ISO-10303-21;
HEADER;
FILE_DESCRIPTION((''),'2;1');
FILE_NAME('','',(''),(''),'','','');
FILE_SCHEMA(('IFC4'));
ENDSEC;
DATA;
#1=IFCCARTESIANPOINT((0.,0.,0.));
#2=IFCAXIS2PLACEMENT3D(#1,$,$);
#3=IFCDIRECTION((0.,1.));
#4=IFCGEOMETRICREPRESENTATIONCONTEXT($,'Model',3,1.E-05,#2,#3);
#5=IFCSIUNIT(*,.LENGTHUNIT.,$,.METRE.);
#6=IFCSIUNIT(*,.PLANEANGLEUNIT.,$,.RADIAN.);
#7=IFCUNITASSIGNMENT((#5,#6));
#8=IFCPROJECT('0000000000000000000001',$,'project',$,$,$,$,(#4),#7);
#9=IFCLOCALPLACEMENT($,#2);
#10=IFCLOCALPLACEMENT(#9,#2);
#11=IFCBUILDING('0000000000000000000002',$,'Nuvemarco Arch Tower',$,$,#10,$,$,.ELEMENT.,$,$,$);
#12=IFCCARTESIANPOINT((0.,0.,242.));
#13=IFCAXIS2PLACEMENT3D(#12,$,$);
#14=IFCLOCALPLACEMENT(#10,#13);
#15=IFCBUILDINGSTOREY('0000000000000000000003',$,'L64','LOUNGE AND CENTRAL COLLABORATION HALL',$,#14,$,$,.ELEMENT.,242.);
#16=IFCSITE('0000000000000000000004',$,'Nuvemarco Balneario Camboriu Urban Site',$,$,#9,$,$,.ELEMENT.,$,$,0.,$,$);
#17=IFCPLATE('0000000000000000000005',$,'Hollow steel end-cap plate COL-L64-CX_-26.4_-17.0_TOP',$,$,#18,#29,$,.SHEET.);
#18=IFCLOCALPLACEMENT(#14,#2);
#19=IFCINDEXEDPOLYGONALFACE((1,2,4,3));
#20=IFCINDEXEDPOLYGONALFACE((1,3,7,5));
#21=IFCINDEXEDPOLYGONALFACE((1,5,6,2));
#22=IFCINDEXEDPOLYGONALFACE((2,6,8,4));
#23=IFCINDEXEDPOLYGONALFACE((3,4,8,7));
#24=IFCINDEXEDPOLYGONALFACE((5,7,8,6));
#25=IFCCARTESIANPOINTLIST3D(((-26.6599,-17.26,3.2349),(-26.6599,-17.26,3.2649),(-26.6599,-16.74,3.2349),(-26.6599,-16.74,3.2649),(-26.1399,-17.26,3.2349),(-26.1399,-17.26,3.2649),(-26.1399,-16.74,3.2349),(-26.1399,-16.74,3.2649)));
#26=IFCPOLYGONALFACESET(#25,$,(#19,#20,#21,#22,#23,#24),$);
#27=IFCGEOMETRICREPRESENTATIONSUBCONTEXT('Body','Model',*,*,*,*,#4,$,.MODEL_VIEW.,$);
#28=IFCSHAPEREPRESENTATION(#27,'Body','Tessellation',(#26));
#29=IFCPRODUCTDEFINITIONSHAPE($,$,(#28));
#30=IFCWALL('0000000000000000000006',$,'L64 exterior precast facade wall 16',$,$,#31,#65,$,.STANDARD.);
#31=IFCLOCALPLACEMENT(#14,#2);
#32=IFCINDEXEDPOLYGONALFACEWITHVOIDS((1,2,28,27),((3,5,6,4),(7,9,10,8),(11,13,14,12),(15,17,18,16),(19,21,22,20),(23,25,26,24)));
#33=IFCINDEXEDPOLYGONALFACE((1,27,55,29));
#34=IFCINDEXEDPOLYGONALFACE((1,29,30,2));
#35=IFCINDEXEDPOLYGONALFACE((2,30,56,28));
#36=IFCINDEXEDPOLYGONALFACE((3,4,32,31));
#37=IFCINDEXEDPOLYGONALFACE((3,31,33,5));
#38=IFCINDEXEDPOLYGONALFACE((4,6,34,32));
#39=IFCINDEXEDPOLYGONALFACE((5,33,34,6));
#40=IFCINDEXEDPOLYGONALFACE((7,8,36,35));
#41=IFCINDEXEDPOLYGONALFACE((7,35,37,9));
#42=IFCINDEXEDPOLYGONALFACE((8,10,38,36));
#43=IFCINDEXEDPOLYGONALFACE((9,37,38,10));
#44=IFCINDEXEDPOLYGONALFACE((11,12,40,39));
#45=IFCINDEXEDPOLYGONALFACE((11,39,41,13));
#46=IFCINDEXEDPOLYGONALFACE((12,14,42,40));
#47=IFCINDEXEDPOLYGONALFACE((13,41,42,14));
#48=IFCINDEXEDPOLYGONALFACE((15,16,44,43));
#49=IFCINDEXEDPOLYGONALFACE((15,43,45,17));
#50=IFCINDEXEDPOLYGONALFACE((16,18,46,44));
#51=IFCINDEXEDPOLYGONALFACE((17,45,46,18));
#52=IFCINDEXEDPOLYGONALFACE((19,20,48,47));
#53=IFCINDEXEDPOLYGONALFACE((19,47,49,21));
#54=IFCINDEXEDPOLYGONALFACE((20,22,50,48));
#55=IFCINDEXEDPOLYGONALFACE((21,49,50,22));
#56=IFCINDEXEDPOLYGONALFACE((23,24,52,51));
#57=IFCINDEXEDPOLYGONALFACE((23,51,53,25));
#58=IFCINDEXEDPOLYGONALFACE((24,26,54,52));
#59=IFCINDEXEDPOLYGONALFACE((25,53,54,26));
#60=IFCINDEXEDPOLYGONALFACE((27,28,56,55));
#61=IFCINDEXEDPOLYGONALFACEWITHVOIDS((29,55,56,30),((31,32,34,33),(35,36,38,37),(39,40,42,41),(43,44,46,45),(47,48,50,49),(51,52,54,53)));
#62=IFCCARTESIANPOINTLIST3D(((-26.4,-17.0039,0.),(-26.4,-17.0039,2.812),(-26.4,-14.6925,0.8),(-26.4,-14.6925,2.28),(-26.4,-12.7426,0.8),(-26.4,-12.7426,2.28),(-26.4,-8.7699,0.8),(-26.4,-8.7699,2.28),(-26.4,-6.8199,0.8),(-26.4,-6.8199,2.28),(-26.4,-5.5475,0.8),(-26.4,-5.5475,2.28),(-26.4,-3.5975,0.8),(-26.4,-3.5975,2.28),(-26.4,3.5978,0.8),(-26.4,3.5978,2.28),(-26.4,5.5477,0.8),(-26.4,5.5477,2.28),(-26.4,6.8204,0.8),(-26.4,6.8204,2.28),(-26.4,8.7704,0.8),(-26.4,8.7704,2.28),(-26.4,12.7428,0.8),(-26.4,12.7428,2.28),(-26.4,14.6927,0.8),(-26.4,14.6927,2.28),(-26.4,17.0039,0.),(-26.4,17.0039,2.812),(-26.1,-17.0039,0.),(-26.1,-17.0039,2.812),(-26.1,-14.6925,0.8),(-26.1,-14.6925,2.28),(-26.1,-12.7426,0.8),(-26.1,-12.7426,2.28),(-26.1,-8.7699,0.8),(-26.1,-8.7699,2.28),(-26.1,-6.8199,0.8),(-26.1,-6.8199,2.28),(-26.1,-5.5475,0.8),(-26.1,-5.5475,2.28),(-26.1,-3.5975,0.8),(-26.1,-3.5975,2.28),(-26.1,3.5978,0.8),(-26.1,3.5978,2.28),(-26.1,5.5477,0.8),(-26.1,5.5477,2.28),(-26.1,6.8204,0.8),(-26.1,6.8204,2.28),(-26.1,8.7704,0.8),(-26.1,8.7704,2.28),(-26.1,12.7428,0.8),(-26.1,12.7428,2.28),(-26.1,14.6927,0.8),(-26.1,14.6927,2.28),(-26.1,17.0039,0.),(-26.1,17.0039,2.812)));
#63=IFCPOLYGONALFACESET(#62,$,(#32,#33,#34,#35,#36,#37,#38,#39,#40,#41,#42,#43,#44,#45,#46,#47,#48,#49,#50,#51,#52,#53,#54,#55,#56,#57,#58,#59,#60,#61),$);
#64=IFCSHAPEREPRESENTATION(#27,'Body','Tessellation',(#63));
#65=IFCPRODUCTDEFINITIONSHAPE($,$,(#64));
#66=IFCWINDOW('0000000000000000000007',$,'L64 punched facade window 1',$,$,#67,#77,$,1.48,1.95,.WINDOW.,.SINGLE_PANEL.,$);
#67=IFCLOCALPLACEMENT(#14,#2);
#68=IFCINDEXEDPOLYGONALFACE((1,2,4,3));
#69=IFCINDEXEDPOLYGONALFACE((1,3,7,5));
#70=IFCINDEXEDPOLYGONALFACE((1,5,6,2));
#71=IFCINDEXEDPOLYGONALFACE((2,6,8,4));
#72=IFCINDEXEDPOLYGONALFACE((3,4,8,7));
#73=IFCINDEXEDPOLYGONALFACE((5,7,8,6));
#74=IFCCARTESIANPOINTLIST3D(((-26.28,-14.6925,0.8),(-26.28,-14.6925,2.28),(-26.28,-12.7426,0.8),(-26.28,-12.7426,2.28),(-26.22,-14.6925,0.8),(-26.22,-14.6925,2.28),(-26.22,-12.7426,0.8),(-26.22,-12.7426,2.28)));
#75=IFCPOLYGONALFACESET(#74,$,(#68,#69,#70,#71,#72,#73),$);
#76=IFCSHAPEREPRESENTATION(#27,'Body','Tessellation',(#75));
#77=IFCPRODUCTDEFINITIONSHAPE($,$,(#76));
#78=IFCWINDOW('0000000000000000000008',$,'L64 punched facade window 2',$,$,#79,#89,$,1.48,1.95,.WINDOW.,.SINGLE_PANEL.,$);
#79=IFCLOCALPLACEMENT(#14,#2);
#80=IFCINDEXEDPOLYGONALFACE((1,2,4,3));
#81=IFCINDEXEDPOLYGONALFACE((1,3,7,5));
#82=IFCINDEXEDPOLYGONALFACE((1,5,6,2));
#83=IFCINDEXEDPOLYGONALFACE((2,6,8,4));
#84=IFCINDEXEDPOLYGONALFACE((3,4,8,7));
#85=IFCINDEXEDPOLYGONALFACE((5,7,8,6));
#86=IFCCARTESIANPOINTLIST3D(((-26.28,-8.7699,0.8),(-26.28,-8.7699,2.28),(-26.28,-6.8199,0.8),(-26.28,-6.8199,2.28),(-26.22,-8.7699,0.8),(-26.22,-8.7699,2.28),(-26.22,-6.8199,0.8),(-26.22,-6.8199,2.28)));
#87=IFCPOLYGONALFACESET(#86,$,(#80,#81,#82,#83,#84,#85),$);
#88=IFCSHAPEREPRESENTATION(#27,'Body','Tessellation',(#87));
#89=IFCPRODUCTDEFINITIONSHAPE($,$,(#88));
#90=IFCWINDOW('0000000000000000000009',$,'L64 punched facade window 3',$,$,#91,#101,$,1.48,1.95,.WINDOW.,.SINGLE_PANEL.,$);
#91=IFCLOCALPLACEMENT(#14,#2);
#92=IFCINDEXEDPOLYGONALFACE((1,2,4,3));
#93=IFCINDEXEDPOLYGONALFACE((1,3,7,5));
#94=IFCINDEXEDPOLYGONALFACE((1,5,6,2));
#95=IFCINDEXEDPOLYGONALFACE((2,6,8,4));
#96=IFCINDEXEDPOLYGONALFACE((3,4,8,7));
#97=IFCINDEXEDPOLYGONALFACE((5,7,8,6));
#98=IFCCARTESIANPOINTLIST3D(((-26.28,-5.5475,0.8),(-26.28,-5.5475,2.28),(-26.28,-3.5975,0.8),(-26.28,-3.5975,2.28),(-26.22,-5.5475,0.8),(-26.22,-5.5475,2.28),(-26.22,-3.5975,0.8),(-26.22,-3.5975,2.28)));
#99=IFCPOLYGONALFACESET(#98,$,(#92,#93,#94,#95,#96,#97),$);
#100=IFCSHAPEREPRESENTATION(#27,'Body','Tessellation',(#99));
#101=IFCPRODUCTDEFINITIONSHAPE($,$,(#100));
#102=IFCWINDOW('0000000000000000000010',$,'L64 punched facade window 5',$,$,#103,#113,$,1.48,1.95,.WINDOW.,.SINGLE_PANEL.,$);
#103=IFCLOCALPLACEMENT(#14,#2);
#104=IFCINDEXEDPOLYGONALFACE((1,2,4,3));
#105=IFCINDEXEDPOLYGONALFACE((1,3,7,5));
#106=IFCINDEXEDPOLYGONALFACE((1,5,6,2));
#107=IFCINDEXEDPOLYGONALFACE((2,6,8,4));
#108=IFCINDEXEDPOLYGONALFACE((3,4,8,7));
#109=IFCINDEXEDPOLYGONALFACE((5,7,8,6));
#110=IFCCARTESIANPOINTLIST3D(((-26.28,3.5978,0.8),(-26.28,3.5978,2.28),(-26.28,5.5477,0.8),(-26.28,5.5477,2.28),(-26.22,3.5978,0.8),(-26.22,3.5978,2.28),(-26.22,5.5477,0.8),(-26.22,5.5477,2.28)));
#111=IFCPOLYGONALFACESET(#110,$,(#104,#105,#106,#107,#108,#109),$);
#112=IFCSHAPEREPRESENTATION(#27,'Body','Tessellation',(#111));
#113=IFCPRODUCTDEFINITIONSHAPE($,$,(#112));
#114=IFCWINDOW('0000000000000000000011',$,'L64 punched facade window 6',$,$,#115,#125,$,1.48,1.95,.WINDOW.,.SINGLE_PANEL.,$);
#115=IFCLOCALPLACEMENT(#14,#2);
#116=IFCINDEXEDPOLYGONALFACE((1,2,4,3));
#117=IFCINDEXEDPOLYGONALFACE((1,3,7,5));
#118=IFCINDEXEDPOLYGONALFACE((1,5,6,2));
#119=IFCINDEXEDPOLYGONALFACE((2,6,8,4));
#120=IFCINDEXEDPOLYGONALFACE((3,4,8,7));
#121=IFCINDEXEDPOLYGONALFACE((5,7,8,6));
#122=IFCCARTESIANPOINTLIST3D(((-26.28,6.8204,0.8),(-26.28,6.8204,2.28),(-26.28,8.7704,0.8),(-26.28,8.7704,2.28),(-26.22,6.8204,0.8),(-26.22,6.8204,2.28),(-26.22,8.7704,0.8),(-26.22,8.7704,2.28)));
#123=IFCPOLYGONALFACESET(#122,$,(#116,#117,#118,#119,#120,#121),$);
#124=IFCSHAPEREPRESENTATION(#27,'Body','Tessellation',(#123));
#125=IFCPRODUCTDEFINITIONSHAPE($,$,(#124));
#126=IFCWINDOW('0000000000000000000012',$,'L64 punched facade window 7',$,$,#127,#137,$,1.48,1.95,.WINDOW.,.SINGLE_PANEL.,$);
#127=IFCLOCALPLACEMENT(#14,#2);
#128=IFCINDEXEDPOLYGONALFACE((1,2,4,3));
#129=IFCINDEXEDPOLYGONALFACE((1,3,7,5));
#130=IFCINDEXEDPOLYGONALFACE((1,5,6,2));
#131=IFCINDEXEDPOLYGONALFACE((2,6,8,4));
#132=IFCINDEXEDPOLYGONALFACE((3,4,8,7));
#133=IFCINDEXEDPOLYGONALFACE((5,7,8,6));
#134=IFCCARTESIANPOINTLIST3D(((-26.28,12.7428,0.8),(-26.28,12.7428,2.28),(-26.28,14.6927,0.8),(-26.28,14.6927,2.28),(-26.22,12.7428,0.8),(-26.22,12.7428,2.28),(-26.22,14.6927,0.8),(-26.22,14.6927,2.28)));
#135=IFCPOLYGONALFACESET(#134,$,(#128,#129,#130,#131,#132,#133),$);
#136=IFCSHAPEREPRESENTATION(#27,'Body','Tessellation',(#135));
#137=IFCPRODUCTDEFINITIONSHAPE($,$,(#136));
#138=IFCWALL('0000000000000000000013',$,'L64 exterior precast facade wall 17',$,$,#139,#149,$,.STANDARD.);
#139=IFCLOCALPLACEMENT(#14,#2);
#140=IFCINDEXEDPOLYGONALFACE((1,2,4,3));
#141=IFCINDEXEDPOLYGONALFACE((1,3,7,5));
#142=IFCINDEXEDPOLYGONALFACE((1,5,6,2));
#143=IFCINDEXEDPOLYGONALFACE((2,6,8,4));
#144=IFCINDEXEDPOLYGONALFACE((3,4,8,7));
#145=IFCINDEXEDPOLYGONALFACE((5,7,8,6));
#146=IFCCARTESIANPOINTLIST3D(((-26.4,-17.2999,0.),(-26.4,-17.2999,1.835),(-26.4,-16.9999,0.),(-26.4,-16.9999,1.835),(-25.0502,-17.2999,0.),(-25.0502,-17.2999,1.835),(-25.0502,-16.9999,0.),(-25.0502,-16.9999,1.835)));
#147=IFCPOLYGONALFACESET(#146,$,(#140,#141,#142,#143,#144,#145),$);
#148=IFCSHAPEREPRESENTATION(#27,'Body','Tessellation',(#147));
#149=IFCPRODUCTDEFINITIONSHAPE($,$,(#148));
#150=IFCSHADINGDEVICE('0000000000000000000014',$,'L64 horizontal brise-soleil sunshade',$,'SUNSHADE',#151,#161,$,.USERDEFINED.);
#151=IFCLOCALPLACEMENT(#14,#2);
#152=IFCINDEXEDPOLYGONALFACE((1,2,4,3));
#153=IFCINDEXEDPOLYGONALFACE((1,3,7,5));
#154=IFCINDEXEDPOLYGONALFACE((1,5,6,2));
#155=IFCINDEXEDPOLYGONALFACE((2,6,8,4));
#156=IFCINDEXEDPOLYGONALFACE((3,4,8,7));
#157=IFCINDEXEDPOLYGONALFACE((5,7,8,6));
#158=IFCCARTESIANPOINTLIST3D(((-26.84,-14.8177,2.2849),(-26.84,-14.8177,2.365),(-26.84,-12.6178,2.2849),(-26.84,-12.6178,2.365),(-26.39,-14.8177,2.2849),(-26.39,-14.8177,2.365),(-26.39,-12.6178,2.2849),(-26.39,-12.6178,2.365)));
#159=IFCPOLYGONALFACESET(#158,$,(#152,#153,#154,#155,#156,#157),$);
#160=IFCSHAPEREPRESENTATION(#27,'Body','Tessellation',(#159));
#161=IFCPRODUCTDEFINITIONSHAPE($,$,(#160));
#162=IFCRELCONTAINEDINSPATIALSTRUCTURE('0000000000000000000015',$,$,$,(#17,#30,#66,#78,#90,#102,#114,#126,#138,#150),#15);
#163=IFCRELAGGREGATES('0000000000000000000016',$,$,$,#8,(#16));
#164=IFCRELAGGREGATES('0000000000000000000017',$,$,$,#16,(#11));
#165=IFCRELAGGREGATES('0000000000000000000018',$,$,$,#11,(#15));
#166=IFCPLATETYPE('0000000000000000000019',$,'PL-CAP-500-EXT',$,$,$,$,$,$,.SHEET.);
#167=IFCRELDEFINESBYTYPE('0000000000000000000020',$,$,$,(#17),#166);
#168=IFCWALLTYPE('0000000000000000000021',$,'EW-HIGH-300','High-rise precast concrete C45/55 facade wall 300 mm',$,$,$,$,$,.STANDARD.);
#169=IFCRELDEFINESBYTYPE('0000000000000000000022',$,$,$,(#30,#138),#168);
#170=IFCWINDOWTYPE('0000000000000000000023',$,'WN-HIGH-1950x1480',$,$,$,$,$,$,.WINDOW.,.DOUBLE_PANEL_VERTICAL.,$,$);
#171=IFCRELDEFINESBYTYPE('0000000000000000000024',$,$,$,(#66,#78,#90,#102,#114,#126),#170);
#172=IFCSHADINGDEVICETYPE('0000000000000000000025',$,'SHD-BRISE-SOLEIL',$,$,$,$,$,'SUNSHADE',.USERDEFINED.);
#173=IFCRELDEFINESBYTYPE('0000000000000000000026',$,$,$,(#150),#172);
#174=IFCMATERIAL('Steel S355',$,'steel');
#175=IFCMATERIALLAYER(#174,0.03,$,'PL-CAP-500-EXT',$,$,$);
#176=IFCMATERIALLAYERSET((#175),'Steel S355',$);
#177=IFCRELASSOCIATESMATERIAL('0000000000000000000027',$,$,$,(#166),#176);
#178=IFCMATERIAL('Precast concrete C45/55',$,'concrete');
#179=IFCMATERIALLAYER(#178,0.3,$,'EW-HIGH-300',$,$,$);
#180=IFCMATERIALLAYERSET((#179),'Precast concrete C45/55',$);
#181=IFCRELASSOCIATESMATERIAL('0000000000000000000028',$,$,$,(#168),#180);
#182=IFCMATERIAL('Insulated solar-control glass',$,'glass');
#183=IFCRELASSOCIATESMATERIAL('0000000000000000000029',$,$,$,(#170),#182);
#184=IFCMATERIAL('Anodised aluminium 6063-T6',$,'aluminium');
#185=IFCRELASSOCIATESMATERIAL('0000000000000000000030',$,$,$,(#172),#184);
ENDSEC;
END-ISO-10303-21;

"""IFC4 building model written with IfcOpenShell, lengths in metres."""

from ifc_helpers import new_model, si_unit, direction, frame, frame_2d, origin, origin_2d, place, context, subcontext, project, spatial, rectangle, extrude, source, transform, mapped, material, layer, layer_set, type_object, type_shapes, element, fill, save


model = new_model("IFC4")

# Units and contexts
model_context = context("Model", 3, precision=1e-05, world=origin(), true_north=direction((0.0, 1.0)))
body_context = subcontext(model_context, "Body", "Model", "MODEL_VIEW")
ifc_project = project(units=[si_unit("LENGTHUNIT", "METRE"), si_unit("PLANEANGLEUNIT", "RADIAN")], contexts=[model_context])

# Site, building, storey
site_placement = place(None, origin())
site = spatial("IfcSite", under=ifc_project, at=site_placement, Name="Nuvemarco Balneario Camboriu Urban Site", CompositionType="ELEMENT", RefElevation=0.0)
building_placement = place(site_placement, origin())
building = spatial("IfcBuilding", under=site, at=building_placement, Name="Nuvemarco Arch Tower", CompositionType="ELEMENT")
storey_placement = place(building_placement, frame((0.0, 0.0, 242.0)))
storey = spatial("IfcBuildingStorey", under=building, at=storey_placement, Name="L64", Description="LOUNGE AND CENTRAL COLLABORATION HALL", CompositionType="ELEMENT", Elevation=242.0)

# Shared definitions
ifc_material_1 = material(Name="Steel S355", Category="steel")

# Shared definitions
ifc_material_2 = material(Name="Precast concrete C45/55", Category="concrete")

# Plate
ifc_layer_1 = layer(ifc_material_1, 0.03, Name="PL-CAP-500-EXT")
ifc_layer_set_1 = layer_set([ifc_layer_1], Name="Steel S355")
plate_type = type_object("IfcPlateType", Name="PL-CAP-500-EXT", PredefinedType="SHEET", material=ifc_layer_set_1)
shared_shape_1 = source(origin(), body_context, "Body", "SweptSolid", [
    extrude(rectangle(XDim=0.52, YDim=0.52, at=origin_2d()), origin(), (0.0, 0.0, 1.0), 0.03),
])
type_shapes(plate_type, [shared_shape_1])
plate_placement = place(storey_placement, frame((-26.3999, -17.0, 3.2349), z_axis=(0.0, 0.0, 1.0), x_axis=(1.0, 0.0, 0.0)))
element("IfcPlate", 1, at=plate_placement, inside=storey, type_object=plate_type, Name="Hollow steel end-cap plate COL-L64-CX_-26.4_-17.0_TOP", PredefinedType="SHEET", context=body_context, shape_type="MappedRepresentation", body=[
    mapped(shared_shape_1, transform((0.0, 0.0, 0.0), scale=1.0)),
])

# Wall, openings, windows
ifc_layer_2 = layer(ifc_material_2, 0.3, Name="EW-HIGH-300")
ifc_layer_set_2 = layer_set([ifc_layer_2], Name="Precast concrete C45/55")
wall_type = type_object("IfcWallType", Name="EW-HIGH-300", Description="High-rise precast concrete C45/55 facade wall 300 mm", PredefinedType="STANDARD", material=ifc_layer_set_2)
wall_1_placement = place(storey_placement, frame((-26.25, -17.0039, 0.0), z_axis=(0.0, 0.0, 1.0), x_axis=(0.0, 1.0, 0.0)))
wall_1 = element("IfcWall", 2, at=wall_1_placement, inside=storey, type_object=wall_type, Name="L64 exterior precast facade wall 16", PredefinedType="STANDARD", context=body_context, shape_type="SweptSolid", body=[
    extrude(rectangle(XDim=34.0078, YDim=0.3, at=frame_2d((17.0039, 0.0))), origin(), (0.0, 0.0, 1.0), 2.812),
])
opening_1_placement = place(wall_1_placement, frame((2.3113, 0.0, 0.8)))
opening_1 = element("IfcOpeningElement", 3, at=opening_1_placement, cuts=wall_1, PredefinedType="OPENING", context=body_context, shape_type="SweptSolid", body=[
    extrude(rectangle(XDim=1.95, YDim=1.48, at=frame_2d((0.9751, 0.74))), frame((0.0, 0.1599, 0.0), z_axis=(0.0, -1.0, 0.0), x_axis=(1.0, 0.0, 0.0)), (0.0, 0.0, 1.0), 0.3201),
])
opening_2_placement = place(wall_1_placement, frame((8.2339, 0.0, 0.8)))
opening_2 = element("IfcOpeningElement", 4, at=opening_2_placement, cuts=wall_1, PredefinedType="OPENING", context=body_context, shape_type="SweptSolid", body=[
    extrude(rectangle(XDim=1.95, YDim=1.48, at=frame_2d((0.9751, 0.74))), frame((0.0, 0.1599, 0.0), z_axis=(0.0, -1.0, 0.0), x_axis=(1.0, 0.0, 0.0)), (0.0, 0.0, 1.0), 0.3201),
])
opening_3_placement = place(wall_1_placement, frame((11.4563, 0.0, 0.8)))
opening_3 = element("IfcOpeningElement", 5, at=opening_3_placement, cuts=wall_1, PredefinedType="OPENING", context=body_context, shape_type="SweptSolid", body=[
    extrude(rectangle(XDim=1.95, YDim=1.48, at=frame_2d((0.9751, 0.74))), frame((0.0, 0.1599, 0.0), z_axis=(0.0, -1.0, 0.0), x_axis=(1.0, 0.0, 0.0)), (0.0, 0.0, 1.0), 0.3201),
])
opening_4_placement = place(wall_1_placement, frame((20.6016, 0.0, 0.8)))
opening_4 = element("IfcOpeningElement", 6, at=opening_4_placement, cuts=wall_1, PredefinedType="OPENING", context=body_context, shape_type="SweptSolid", body=[
    extrude(rectangle(XDim=1.95, YDim=1.48, at=frame_2d((0.9751, 0.74))), frame((0.0, 0.1599, 0.0), z_axis=(0.0, -1.0, 0.0), x_axis=(1.0, 0.0, 0.0)), (0.0, 0.0, 1.0), 0.3201),
])
opening_5_placement = place(wall_1_placement, frame((23.8242, 0.0, 0.8)))
opening_5 = element("IfcOpeningElement", 7, at=opening_5_placement, cuts=wall_1, PredefinedType="OPENING", context=body_context, shape_type="SweptSolid", body=[
    extrude(rectangle(XDim=1.95, YDim=1.48, at=frame_2d((0.9751, 0.74))), frame((0.0, 0.1599, 0.0), z_axis=(0.0, -1.0, 0.0), x_axis=(1.0, 0.0, 0.0)), (0.0, 0.0, 1.0), 0.3201),
])
opening_6_placement = place(wall_1_placement, frame((29.7466, 0.0, 0.8)))
opening_6 = element("IfcOpeningElement", 8, at=opening_6_placement, cuts=wall_1, PredefinedType="OPENING", context=body_context, shape_type="SweptSolid", body=[
    extrude(rectangle(XDim=1.95, YDim=1.48, at=frame_2d((0.9751, 0.74))), frame((0.0, 0.1599, 0.0), z_axis=(0.0, -1.0, 0.0), x_axis=(1.0, 0.0, 0.0)), (0.0, 0.0, 1.0), 0.3201),
])
ifc_material_3 = material(Name="Insulated solar-control glass", Category="glass")
window_type = type_object("IfcWindowType", Name="WN-HIGH-1950x1480", PartitioningType="DOUBLE_PANEL_VERTICAL", PredefinedType="WINDOW", material=ifc_material_3)
shared_shape_2 = source(origin(), body_context, "Body", "SweptSolid", [
    extrude(rectangle(XDim=1.95, YDim=1.48, at=frame_2d((0.9751, 0.74))), frame((0.0, 0.03, 0.0), z_axis=(0.0, -1.0, 0.0), x_axis=(1.0, 0.0, 0.0)), (0.0, 0.0, 1.0), 0.0601),
])
type_shapes(window_type, [shared_shape_2])
window_1_placement = place(opening_1_placement, origin())
window_1 = element("IfcWindow", 9, at=window_1_placement, inside=storey, type_object=window_type, Name="L64 punched facade window 1", OverallHeight=1.48, OverallWidth=1.95, PartitioningType="SINGLE_PANEL", PredefinedType="WINDOW", context=body_context, shape_type="MappedRepresentation", body=[
    mapped(shared_shape_2, transform((0.0, 0.0, 0.0), scale=1.0)),
])
fill(opening_1, window_1)
window_2_placement = place(opening_2_placement, origin())
window_2 = element("IfcWindow", 10, at=window_2_placement, inside=storey, type_object=window_type, Name="L64 punched facade window 2", OverallHeight=1.48, OverallWidth=1.95, PartitioningType="SINGLE_PANEL", PredefinedType="WINDOW", context=body_context, shape_type="MappedRepresentation", body=[
    mapped(shared_shape_2, transform((0.0, 0.0, 0.0), scale=1.0)),
])
fill(opening_2, window_2)
window_3_placement = place(opening_3_placement, origin())
window_3 = element("IfcWindow", 11, at=window_3_placement, inside=storey, type_object=window_type, Name="L64 punched facade window 3", OverallHeight=1.48, OverallWidth=1.95, PartitioningType="SINGLE_PANEL", PredefinedType="WINDOW", context=body_context, shape_type="MappedRepresentation", body=[
    mapped(shared_shape_2, transform((0.0, 0.0, 0.0), scale=1.0)),
])
fill(opening_3, window_3)
window_4_placement = place(opening_4_placement, origin())
window_4 = element("IfcWindow", 12, at=window_4_placement, inside=storey, type_object=window_type, Name="L64 punched facade window 5", OverallHeight=1.48, OverallWidth=1.95, PartitioningType="SINGLE_PANEL", PredefinedType="WINDOW", context=body_context, shape_type="MappedRepresentation", body=[
    mapped(shared_shape_2, transform((0.0, 0.0, 0.0), scale=1.0)),
])
fill(opening_4, window_4)
window_5_placement = place(opening_5_placement, origin())
window_5 = element("IfcWindow", 13, at=window_5_placement, inside=storey, type_object=window_type, Name="L64 punched facade window 6", OverallHeight=1.48, OverallWidth=1.95, PartitioningType="SINGLE_PANEL", PredefinedType="WINDOW", context=body_context, shape_type="MappedRepresentation", body=[
    mapped(shared_shape_2, transform((0.0, 0.0, 0.0), scale=1.0)),
])
fill(opening_5, window_5)
window_6_placement = place(opening_6_placement, origin())
window_6 = element("IfcWindow", 14, at=window_6_placement, inside=storey, type_object=window_type, Name="L64 punched facade window 7", OverallHeight=1.48, OverallWidth=1.95, PartitioningType="SINGLE_PANEL", PredefinedType="WINDOW", context=body_context, shape_type="MappedRepresentation", body=[
    mapped(shared_shape_2, transform((0.0, 0.0, 0.0), scale=1.0)),
])
fill(opening_6, window_6)

# Wall
wall_2_placement = place(storey_placement, frame((-26.3999, -17.1499, 0.0), z_axis=(0.0, 0.0, 1.0), x_axis=(1.0, 0.0, 0.0)))
element("IfcWall", 15, at=wall_2_placement, inside=storey, type_object=wall_type, Name="L64 exterior precast facade wall 17", PredefinedType="STANDARD", context=body_context, shape_type="SweptSolid", body=[
    extrude(rectangle(XDim=1.3499, YDim=0.3, at=frame_2d((0.6748, 0.0))), origin(), (0.0, 0.0, 1.0), 1.835),
])

# Shading device
ifc_material_4 = material(Name="Anodised aluminium 6063-T6", Category="aluminium")
shading_device_type = type_object("IfcShadingDeviceType", Name="SHD-BRISE-SOLEIL", ElementType="SUNSHADE", PredefinedType="USERDEFINED", material=ifc_material_4)
shared_shape_3 = source(origin(), body_context, "Body", "SweptSolid", [
    extrude(rectangle(XDim=2.2, YDim=0.45, at=origin_2d()), origin(), (0.0, 0.0, 1.0), 0.0801),
])
type_shapes(shading_device_type, [shared_shape_3])
shading_device_placement = place(storey_placement, frame((-26.615, -13.7178, 2.2849), z_axis=(0.0, 0.0, 1.0), x_axis=(0.0, 1.0, 0.0)))
element("IfcShadingDevice", 16, at=shading_device_placement, inside=storey, type_object=shading_device_type, Name="L64 horizontal brise-soleil sunshade", ObjectType="SUNSHADE", PredefinedType="USERDEFINED", context=body_context, shape_type="MappedRepresentation", body=[
    mapped(shared_shape_3, transform((0.0, 0.0, 0.0), scale=1.0)),
])

save(model, "model.ifc")
